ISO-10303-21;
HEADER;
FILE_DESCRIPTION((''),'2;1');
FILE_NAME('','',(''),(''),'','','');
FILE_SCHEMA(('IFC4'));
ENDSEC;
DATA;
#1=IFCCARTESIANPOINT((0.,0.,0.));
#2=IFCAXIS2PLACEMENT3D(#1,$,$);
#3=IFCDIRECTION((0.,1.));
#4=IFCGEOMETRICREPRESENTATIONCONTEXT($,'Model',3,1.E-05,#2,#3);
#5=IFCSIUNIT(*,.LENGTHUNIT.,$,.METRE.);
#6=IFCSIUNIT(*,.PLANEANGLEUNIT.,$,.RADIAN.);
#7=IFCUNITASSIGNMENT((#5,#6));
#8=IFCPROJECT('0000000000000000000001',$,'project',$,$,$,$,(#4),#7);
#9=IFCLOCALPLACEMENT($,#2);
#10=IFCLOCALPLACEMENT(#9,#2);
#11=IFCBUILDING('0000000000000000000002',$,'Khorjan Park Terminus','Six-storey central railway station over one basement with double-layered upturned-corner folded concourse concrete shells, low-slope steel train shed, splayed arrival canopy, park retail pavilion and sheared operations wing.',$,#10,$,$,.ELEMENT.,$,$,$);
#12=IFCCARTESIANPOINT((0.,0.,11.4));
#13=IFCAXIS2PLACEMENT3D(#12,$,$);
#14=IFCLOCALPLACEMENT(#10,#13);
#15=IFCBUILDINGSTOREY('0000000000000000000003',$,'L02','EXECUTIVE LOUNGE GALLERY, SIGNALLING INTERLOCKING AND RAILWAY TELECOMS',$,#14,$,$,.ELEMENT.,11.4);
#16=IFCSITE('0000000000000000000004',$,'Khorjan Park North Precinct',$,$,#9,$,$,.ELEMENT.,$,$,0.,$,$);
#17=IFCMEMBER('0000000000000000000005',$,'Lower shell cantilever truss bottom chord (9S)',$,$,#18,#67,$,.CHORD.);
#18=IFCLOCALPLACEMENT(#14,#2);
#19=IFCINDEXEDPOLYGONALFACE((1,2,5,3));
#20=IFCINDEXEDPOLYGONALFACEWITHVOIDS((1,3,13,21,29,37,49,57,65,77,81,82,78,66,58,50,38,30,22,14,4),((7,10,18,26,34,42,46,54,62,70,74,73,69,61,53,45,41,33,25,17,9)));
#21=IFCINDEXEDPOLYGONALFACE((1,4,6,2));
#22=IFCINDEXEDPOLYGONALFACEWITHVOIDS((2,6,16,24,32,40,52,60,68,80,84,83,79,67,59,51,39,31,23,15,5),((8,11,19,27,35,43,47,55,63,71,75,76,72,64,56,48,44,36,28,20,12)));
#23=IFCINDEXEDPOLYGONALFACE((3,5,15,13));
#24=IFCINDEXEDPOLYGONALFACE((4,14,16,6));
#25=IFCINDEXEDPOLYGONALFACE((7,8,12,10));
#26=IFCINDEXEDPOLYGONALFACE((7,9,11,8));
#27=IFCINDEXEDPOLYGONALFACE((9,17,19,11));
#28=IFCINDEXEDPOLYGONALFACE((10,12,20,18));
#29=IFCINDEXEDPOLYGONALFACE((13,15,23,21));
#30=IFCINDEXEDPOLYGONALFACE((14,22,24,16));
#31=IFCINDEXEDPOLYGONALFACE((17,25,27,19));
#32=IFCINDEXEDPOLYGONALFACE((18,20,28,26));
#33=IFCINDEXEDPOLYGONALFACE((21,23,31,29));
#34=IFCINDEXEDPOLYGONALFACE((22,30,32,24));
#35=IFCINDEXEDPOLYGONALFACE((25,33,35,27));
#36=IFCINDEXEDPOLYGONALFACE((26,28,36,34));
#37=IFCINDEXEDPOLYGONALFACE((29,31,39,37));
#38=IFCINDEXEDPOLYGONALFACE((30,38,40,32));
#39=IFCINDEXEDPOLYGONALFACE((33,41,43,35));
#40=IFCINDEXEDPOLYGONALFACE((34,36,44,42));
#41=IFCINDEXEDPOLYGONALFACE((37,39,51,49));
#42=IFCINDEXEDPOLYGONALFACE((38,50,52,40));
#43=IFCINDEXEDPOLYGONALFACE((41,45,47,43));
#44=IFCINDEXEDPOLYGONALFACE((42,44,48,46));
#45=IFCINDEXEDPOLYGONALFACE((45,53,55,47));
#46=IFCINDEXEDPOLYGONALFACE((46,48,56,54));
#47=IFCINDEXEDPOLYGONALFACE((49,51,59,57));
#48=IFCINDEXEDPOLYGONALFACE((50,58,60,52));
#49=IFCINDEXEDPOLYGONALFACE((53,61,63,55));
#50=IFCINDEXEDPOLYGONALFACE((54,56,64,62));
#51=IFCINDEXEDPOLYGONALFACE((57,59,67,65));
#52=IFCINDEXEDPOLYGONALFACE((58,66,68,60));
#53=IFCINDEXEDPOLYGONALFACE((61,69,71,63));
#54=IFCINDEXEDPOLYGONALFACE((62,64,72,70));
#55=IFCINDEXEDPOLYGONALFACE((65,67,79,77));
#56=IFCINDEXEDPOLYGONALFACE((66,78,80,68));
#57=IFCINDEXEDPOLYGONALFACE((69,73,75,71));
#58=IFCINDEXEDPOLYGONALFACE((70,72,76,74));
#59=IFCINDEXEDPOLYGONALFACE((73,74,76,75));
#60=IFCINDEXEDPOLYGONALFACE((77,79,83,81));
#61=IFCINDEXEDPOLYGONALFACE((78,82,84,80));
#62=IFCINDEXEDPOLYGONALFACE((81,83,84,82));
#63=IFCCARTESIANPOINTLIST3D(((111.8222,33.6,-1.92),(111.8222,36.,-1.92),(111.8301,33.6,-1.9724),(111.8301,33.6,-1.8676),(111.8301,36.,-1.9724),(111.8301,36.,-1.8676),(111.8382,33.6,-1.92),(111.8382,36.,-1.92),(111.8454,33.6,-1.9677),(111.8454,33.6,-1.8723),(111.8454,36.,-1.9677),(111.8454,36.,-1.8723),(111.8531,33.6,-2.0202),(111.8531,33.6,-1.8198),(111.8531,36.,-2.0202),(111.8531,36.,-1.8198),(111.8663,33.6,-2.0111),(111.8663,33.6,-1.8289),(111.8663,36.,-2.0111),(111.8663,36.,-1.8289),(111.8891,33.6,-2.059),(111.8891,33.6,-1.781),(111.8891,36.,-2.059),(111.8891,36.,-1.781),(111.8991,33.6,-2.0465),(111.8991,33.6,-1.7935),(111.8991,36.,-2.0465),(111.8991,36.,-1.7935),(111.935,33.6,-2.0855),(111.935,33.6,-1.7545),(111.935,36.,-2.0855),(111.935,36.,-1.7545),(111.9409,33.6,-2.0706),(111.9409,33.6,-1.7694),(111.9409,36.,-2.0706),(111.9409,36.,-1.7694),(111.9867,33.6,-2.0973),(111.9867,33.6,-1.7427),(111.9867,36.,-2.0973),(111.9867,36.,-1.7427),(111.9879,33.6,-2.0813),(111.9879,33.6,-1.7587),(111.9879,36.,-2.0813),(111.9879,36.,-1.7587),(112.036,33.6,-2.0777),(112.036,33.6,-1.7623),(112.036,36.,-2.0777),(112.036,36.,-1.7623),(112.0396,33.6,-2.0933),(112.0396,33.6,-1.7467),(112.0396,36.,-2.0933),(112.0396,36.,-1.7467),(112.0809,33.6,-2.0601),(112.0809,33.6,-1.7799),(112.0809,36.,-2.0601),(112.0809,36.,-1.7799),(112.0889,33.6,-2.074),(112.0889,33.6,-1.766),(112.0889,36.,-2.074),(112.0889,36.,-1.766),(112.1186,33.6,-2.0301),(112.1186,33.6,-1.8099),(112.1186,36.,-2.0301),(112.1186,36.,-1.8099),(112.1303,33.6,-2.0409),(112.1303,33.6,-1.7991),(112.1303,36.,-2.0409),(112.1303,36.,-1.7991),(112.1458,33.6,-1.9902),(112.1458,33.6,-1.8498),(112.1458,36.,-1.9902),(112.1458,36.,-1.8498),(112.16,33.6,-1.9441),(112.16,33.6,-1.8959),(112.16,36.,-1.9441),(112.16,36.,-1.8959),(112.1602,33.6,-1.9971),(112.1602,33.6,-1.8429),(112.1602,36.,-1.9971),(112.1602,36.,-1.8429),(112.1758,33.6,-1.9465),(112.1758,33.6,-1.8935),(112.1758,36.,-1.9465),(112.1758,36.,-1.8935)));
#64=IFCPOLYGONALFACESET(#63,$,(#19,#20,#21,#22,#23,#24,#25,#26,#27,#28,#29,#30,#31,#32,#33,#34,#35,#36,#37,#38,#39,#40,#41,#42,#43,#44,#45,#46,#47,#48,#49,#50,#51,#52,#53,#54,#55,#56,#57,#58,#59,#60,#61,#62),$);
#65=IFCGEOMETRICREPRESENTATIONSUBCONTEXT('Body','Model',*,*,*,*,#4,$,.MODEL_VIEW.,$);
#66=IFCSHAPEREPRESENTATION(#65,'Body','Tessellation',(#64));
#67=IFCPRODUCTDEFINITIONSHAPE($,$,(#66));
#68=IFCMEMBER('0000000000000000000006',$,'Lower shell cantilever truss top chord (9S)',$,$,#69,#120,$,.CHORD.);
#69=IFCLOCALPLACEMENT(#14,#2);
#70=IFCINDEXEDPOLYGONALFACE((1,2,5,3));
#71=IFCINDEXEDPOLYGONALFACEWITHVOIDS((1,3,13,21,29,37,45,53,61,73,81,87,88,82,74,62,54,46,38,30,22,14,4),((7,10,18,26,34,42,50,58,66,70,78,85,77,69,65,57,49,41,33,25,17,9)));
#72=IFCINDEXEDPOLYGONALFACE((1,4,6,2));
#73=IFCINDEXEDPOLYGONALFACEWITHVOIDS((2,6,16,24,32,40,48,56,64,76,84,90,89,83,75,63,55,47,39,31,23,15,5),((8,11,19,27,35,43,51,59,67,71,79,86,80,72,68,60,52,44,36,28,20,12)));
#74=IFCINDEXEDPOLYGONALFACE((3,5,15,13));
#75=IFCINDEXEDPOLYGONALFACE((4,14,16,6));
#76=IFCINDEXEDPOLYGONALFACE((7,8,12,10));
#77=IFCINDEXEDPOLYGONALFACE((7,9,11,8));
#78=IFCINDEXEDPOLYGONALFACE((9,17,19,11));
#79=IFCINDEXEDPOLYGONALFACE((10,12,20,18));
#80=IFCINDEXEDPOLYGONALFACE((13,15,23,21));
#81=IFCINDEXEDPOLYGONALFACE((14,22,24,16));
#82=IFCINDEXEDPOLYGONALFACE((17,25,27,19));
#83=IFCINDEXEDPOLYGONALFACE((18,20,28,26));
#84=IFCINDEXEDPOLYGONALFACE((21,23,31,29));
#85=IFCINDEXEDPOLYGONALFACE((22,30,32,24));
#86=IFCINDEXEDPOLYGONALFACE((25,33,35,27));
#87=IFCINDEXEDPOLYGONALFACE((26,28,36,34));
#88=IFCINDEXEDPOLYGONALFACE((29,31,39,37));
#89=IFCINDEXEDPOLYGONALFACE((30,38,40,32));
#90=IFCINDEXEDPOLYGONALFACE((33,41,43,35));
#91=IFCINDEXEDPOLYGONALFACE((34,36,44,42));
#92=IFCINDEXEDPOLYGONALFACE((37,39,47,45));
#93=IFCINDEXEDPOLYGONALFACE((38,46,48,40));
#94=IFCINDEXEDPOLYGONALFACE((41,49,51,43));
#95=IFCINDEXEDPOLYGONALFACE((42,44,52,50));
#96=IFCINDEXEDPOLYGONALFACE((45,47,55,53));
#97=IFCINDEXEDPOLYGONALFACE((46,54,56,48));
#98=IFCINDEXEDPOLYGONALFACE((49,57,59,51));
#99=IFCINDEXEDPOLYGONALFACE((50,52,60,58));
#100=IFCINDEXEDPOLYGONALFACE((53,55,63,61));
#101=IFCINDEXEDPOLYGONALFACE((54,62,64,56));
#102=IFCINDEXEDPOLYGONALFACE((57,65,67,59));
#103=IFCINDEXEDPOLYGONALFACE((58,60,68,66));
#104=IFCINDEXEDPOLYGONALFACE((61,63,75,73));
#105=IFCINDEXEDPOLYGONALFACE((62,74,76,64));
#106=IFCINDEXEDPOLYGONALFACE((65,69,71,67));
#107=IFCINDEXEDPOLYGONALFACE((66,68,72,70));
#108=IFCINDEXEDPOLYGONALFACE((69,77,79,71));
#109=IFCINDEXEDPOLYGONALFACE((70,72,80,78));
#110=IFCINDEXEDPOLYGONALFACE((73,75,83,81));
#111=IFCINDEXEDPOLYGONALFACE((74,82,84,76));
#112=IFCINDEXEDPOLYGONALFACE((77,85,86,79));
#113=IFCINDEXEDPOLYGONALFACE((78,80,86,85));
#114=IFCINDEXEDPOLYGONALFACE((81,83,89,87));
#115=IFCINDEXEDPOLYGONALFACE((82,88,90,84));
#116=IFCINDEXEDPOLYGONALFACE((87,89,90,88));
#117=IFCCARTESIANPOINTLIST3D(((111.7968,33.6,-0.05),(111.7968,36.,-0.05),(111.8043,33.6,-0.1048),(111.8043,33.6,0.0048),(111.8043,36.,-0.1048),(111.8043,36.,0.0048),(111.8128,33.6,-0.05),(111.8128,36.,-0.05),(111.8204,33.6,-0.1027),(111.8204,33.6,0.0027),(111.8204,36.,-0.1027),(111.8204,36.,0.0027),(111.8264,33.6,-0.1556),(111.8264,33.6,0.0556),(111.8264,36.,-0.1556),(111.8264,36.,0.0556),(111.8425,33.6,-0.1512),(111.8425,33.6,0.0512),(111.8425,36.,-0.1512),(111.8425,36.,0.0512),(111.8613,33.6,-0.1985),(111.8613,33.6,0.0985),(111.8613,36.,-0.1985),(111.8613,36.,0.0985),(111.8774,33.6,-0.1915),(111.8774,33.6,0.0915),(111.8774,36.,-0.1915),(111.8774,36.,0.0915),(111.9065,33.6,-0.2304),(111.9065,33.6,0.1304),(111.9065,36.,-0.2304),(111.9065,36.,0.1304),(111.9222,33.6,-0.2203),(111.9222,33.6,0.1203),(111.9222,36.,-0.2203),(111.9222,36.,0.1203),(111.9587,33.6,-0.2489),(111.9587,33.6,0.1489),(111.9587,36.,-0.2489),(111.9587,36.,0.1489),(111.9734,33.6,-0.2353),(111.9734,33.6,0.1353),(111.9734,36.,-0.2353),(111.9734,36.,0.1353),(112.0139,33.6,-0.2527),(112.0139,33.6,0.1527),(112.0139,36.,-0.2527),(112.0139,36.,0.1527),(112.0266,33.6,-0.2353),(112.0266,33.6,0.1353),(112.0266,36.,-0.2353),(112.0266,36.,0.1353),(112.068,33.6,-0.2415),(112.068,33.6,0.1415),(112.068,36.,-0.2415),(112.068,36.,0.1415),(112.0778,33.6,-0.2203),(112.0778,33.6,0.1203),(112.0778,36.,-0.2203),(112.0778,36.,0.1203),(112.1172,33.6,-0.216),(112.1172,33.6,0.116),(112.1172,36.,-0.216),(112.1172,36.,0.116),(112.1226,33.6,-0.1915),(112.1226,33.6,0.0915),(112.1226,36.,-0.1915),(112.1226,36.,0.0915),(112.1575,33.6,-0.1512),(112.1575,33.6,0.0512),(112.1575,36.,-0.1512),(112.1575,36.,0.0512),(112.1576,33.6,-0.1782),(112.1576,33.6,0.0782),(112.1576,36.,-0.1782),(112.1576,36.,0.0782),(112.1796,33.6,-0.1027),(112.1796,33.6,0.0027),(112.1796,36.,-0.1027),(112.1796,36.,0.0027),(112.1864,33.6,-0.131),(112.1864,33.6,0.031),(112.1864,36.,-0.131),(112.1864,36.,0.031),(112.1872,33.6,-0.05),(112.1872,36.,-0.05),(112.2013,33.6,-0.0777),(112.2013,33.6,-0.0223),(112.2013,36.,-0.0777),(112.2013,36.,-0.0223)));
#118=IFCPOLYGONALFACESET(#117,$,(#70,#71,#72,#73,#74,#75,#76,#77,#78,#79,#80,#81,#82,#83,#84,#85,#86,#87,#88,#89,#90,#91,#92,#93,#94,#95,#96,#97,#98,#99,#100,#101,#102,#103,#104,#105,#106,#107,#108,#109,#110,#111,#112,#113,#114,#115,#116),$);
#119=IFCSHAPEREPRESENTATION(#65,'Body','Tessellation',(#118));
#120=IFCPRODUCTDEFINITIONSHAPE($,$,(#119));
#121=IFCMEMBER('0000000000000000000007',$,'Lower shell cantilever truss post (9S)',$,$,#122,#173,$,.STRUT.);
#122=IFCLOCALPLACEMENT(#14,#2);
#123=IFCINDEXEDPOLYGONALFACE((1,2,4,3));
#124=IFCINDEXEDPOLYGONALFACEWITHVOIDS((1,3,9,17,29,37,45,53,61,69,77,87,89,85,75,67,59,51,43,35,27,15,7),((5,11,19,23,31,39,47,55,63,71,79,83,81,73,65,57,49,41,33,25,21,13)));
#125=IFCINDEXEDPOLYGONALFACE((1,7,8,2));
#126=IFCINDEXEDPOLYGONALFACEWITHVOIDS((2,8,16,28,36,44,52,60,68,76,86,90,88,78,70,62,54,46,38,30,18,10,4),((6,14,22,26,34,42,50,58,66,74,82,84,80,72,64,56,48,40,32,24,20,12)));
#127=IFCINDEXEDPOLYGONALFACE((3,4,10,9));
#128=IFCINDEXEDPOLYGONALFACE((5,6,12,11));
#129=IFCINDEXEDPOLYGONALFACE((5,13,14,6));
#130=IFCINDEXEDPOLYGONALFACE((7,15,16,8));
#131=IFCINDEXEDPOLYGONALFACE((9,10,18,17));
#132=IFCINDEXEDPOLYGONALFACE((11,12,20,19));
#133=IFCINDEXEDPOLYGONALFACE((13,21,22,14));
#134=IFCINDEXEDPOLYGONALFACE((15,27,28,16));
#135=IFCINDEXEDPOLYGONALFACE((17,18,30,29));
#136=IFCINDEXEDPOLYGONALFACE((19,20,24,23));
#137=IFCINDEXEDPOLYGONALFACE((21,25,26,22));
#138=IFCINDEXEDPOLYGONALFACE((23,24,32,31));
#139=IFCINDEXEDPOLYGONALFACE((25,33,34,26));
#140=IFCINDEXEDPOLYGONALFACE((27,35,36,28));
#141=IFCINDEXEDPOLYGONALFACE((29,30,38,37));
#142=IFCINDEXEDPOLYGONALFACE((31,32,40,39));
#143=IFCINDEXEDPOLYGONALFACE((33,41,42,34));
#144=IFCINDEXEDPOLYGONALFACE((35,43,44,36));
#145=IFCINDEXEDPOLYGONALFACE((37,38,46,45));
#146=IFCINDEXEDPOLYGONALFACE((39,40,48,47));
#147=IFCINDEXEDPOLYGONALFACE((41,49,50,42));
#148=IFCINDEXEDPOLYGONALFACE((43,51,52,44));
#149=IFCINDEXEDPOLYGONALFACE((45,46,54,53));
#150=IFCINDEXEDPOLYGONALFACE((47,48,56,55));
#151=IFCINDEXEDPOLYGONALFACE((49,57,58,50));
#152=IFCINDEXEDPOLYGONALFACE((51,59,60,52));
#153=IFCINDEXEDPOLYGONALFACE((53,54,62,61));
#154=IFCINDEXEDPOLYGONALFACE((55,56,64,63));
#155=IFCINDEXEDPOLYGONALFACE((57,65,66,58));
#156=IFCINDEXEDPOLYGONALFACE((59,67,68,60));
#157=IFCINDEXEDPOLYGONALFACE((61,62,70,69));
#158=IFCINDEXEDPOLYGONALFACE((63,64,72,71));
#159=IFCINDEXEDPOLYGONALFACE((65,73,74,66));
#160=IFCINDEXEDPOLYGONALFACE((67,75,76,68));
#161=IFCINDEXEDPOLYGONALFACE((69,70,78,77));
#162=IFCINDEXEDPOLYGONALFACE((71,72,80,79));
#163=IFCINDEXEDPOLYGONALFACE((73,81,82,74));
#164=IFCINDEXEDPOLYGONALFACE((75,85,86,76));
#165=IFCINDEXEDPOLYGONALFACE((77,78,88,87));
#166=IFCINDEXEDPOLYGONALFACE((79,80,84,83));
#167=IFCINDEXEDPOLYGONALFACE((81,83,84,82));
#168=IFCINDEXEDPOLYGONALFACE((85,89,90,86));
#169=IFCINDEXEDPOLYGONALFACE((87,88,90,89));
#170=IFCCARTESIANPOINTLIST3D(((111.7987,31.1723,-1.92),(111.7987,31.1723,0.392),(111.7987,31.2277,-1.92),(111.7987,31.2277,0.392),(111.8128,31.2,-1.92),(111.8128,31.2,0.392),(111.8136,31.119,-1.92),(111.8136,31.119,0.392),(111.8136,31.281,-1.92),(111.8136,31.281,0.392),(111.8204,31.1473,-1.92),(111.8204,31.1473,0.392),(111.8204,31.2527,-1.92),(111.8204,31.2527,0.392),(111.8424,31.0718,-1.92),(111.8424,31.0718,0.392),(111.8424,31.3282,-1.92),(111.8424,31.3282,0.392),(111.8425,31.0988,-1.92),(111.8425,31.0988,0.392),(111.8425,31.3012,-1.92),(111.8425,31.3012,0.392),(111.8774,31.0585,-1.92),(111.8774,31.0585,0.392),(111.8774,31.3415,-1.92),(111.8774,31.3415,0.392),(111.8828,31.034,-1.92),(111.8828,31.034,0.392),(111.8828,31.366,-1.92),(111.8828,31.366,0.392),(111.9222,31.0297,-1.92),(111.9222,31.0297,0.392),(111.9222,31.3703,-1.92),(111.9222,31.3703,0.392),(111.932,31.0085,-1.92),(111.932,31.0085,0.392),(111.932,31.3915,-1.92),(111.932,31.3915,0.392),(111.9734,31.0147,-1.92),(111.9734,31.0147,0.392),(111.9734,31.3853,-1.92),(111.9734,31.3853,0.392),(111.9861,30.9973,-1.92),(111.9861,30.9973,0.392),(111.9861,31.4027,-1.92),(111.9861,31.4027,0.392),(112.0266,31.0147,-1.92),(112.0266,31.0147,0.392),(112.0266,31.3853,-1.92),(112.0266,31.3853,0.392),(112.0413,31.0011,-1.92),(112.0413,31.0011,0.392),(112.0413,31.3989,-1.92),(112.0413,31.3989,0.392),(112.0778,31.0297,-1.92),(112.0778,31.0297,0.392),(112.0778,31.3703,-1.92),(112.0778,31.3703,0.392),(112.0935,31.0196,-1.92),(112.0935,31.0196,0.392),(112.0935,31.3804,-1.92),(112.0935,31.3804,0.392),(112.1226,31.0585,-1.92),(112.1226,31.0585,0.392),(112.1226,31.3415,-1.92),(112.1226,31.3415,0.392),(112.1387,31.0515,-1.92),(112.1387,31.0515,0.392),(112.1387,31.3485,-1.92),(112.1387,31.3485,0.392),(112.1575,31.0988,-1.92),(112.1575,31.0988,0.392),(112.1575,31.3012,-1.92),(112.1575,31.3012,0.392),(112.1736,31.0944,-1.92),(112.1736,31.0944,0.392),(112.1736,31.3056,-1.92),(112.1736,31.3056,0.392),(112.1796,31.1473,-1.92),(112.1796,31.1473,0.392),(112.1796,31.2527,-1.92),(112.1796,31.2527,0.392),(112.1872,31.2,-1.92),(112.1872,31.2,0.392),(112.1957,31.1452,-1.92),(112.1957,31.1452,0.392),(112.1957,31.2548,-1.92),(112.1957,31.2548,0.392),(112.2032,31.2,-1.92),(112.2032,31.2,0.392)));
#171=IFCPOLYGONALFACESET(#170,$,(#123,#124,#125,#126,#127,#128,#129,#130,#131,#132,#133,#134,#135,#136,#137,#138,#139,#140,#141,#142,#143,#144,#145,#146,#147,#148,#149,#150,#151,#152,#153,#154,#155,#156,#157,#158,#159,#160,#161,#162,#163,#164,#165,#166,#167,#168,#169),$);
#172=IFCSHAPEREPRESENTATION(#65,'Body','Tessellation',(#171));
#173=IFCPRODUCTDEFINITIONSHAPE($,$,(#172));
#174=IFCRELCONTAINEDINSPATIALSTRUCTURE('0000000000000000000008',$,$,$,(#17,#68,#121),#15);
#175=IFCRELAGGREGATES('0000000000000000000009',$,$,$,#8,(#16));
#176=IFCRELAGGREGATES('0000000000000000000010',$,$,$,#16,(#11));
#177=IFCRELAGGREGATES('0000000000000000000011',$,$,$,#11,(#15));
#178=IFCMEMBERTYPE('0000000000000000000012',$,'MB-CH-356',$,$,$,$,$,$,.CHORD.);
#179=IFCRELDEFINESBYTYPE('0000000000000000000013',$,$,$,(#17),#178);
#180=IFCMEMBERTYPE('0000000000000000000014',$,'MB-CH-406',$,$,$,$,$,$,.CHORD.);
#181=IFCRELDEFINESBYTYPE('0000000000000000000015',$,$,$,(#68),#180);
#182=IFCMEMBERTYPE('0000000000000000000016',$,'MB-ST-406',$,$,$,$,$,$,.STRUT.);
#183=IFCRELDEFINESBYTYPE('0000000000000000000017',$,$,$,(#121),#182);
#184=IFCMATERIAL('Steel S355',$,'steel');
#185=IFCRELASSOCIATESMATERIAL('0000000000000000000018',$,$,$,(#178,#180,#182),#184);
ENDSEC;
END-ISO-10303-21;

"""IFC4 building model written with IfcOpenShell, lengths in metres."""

from ifc_helpers import new_model, si_unit, direction, frame, origin, origin_2d, place, context, subcontext, project, spatial, hollow_circle, extrude, material, material_profile, profile_set, type_object, element, save


model = new_model("IFC4")

# Units and contexts
model_context = context("Model", 3, precision=1e-05, world=origin(), true_north=direction((0.0, 1.0)))
body_context = subcontext(model_context, "Body", "Model", "MODEL_VIEW")
ifc_project = project(units=[si_unit("LENGTHUNIT", "METRE"), si_unit("PLANEANGLEUNIT", "RADIAN")], contexts=[model_context])

# Site, building, storey
site_placement = place(None, origin())
site = spatial("IfcSite", under=ifc_project, at=site_placement, Name="Khorjan Park North Precinct", CompositionType="ELEMENT", RefElevation=0.0)
building_placement = place(site_placement, origin())
building = spatial("IfcBuilding", under=site, at=building_placement, Name="Khorjan Park Terminus", Description="Six-storey central railway station over one basement with double-layered upturned-corner folded concourse concrete shells, low-slope steel train shed, splayed arrival canopy, park retail pavilion and sheared operations wing.", CompositionType="ELEMENT")
storey_placement = place(building_placement, frame((0.0, 0.0, 11.4)))
storey = spatial("IfcBuildingStorey", under=building, at=storey_placement, Name="L02", Description="EXECUTIVE LOUNGE GALLERY, SIGNALLING INTERLOCKING AND RAILWAY TELECOMS", CompositionType="ELEMENT", Elevation=11.4)

# Shared definitions
ifc_material_1 = material(Name="Steel S355", Category="steel")

# Members
ifc_material_profile_1 = material_profile(ifc_material_1, hollow_circle(Radius=0.1778, WallThickness=0.016, at=origin_2d()), Name="CHS 355.6x16")
ifc_profile_set_1 = profile_set([ifc_material_profile_1], Name="Steel S355")
member_type_1 = type_object("IfcMemberType", Name="MB-CH-356", PredefinedType="CHORD", material=ifc_profile_set_1)
member_1_placement = place(storey_placement, frame((112.0, 33.6, -1.92), z_axis=(0.0, 1.0, 0.0), x_axis=(-1.0, 0.0, 0.0)))
element("IfcMember", 1, at=member_1_placement, inside=storey, type_object=member_type_1, Name="Lower shell cantilever truss bottom chord (9S)", PredefinedType="CHORD", context=body_context, shape_type="SweptSolid", body=[
    extrude(hollow_circle(Radius=0.1778, WallThickness=0.016, at=origin_2d()), origin(), (0.0, 0.0, 1.0), 2.4),
])
ifc_material_profile_2 = material_profile(ifc_material_1, hollow_circle(Radius=0.2032, WallThickness=0.016, at=origin_2d()), Name="CHS 406.4x16")
ifc_profile_set_2 = profile_set([ifc_material_profile_2], Name="Steel S355")
member_type_2 = type_object("IfcMemberType", Name="MB-CH-406", PredefinedType="CHORD", material=ifc_profile_set_2)
member_2_placement = place(storey_placement, frame((112.0, 33.6, -0.05), z_axis=(0.0, 1.0, 0.0), x_axis=(-1.0, 0.0, 0.0)))
element("IfcMember", 2, at=member_2_placement, inside=storey, type_object=member_type_2, Name="Lower shell cantilever truss top chord (9S)", PredefinedType="CHORD", context=body_context, shape_type="SweptSolid", body=[
    extrude(hollow_circle(Radius=0.2032, WallThickness=0.016, at=origin_2d()), origin(), (0.0, 0.0, 1.0), 2.4),
])
ifc_material_profile_3 = material_profile(ifc_material_1, hollow_circle(Radius=0.2032, WallThickness=0.016, at=origin_2d()), Name="CHS 406.4x16")
ifc_profile_set_3 = profile_set([ifc_material_profile_3], Name="Steel S355")
member_type_3 = type_object("IfcMemberType", Name="MB-ST-406", PredefinedType="STRUT", material=ifc_profile_set_3)
member_3_placement = place(storey_placement, frame((112.0, 31.2, -1.92), z_axis=(0.0, 0.0, 1.0), x_axis=(1.0, 0.0, 0.0)))
element("IfcMember", 3, at=member_3_placement, inside=storey, type_object=member_type_3, Name="Lower shell cantilever truss post (9S)", PredefinedType="STRUT", context=body_context, shape_type="SweptSolid", body=[
    extrude(hollow_circle(Radius=0.2032, WallThickness=0.016, at=origin_2d()), origin(), (0.0, 0.0, 1.0), 2.312),
])

save(model, "model.ifc")
